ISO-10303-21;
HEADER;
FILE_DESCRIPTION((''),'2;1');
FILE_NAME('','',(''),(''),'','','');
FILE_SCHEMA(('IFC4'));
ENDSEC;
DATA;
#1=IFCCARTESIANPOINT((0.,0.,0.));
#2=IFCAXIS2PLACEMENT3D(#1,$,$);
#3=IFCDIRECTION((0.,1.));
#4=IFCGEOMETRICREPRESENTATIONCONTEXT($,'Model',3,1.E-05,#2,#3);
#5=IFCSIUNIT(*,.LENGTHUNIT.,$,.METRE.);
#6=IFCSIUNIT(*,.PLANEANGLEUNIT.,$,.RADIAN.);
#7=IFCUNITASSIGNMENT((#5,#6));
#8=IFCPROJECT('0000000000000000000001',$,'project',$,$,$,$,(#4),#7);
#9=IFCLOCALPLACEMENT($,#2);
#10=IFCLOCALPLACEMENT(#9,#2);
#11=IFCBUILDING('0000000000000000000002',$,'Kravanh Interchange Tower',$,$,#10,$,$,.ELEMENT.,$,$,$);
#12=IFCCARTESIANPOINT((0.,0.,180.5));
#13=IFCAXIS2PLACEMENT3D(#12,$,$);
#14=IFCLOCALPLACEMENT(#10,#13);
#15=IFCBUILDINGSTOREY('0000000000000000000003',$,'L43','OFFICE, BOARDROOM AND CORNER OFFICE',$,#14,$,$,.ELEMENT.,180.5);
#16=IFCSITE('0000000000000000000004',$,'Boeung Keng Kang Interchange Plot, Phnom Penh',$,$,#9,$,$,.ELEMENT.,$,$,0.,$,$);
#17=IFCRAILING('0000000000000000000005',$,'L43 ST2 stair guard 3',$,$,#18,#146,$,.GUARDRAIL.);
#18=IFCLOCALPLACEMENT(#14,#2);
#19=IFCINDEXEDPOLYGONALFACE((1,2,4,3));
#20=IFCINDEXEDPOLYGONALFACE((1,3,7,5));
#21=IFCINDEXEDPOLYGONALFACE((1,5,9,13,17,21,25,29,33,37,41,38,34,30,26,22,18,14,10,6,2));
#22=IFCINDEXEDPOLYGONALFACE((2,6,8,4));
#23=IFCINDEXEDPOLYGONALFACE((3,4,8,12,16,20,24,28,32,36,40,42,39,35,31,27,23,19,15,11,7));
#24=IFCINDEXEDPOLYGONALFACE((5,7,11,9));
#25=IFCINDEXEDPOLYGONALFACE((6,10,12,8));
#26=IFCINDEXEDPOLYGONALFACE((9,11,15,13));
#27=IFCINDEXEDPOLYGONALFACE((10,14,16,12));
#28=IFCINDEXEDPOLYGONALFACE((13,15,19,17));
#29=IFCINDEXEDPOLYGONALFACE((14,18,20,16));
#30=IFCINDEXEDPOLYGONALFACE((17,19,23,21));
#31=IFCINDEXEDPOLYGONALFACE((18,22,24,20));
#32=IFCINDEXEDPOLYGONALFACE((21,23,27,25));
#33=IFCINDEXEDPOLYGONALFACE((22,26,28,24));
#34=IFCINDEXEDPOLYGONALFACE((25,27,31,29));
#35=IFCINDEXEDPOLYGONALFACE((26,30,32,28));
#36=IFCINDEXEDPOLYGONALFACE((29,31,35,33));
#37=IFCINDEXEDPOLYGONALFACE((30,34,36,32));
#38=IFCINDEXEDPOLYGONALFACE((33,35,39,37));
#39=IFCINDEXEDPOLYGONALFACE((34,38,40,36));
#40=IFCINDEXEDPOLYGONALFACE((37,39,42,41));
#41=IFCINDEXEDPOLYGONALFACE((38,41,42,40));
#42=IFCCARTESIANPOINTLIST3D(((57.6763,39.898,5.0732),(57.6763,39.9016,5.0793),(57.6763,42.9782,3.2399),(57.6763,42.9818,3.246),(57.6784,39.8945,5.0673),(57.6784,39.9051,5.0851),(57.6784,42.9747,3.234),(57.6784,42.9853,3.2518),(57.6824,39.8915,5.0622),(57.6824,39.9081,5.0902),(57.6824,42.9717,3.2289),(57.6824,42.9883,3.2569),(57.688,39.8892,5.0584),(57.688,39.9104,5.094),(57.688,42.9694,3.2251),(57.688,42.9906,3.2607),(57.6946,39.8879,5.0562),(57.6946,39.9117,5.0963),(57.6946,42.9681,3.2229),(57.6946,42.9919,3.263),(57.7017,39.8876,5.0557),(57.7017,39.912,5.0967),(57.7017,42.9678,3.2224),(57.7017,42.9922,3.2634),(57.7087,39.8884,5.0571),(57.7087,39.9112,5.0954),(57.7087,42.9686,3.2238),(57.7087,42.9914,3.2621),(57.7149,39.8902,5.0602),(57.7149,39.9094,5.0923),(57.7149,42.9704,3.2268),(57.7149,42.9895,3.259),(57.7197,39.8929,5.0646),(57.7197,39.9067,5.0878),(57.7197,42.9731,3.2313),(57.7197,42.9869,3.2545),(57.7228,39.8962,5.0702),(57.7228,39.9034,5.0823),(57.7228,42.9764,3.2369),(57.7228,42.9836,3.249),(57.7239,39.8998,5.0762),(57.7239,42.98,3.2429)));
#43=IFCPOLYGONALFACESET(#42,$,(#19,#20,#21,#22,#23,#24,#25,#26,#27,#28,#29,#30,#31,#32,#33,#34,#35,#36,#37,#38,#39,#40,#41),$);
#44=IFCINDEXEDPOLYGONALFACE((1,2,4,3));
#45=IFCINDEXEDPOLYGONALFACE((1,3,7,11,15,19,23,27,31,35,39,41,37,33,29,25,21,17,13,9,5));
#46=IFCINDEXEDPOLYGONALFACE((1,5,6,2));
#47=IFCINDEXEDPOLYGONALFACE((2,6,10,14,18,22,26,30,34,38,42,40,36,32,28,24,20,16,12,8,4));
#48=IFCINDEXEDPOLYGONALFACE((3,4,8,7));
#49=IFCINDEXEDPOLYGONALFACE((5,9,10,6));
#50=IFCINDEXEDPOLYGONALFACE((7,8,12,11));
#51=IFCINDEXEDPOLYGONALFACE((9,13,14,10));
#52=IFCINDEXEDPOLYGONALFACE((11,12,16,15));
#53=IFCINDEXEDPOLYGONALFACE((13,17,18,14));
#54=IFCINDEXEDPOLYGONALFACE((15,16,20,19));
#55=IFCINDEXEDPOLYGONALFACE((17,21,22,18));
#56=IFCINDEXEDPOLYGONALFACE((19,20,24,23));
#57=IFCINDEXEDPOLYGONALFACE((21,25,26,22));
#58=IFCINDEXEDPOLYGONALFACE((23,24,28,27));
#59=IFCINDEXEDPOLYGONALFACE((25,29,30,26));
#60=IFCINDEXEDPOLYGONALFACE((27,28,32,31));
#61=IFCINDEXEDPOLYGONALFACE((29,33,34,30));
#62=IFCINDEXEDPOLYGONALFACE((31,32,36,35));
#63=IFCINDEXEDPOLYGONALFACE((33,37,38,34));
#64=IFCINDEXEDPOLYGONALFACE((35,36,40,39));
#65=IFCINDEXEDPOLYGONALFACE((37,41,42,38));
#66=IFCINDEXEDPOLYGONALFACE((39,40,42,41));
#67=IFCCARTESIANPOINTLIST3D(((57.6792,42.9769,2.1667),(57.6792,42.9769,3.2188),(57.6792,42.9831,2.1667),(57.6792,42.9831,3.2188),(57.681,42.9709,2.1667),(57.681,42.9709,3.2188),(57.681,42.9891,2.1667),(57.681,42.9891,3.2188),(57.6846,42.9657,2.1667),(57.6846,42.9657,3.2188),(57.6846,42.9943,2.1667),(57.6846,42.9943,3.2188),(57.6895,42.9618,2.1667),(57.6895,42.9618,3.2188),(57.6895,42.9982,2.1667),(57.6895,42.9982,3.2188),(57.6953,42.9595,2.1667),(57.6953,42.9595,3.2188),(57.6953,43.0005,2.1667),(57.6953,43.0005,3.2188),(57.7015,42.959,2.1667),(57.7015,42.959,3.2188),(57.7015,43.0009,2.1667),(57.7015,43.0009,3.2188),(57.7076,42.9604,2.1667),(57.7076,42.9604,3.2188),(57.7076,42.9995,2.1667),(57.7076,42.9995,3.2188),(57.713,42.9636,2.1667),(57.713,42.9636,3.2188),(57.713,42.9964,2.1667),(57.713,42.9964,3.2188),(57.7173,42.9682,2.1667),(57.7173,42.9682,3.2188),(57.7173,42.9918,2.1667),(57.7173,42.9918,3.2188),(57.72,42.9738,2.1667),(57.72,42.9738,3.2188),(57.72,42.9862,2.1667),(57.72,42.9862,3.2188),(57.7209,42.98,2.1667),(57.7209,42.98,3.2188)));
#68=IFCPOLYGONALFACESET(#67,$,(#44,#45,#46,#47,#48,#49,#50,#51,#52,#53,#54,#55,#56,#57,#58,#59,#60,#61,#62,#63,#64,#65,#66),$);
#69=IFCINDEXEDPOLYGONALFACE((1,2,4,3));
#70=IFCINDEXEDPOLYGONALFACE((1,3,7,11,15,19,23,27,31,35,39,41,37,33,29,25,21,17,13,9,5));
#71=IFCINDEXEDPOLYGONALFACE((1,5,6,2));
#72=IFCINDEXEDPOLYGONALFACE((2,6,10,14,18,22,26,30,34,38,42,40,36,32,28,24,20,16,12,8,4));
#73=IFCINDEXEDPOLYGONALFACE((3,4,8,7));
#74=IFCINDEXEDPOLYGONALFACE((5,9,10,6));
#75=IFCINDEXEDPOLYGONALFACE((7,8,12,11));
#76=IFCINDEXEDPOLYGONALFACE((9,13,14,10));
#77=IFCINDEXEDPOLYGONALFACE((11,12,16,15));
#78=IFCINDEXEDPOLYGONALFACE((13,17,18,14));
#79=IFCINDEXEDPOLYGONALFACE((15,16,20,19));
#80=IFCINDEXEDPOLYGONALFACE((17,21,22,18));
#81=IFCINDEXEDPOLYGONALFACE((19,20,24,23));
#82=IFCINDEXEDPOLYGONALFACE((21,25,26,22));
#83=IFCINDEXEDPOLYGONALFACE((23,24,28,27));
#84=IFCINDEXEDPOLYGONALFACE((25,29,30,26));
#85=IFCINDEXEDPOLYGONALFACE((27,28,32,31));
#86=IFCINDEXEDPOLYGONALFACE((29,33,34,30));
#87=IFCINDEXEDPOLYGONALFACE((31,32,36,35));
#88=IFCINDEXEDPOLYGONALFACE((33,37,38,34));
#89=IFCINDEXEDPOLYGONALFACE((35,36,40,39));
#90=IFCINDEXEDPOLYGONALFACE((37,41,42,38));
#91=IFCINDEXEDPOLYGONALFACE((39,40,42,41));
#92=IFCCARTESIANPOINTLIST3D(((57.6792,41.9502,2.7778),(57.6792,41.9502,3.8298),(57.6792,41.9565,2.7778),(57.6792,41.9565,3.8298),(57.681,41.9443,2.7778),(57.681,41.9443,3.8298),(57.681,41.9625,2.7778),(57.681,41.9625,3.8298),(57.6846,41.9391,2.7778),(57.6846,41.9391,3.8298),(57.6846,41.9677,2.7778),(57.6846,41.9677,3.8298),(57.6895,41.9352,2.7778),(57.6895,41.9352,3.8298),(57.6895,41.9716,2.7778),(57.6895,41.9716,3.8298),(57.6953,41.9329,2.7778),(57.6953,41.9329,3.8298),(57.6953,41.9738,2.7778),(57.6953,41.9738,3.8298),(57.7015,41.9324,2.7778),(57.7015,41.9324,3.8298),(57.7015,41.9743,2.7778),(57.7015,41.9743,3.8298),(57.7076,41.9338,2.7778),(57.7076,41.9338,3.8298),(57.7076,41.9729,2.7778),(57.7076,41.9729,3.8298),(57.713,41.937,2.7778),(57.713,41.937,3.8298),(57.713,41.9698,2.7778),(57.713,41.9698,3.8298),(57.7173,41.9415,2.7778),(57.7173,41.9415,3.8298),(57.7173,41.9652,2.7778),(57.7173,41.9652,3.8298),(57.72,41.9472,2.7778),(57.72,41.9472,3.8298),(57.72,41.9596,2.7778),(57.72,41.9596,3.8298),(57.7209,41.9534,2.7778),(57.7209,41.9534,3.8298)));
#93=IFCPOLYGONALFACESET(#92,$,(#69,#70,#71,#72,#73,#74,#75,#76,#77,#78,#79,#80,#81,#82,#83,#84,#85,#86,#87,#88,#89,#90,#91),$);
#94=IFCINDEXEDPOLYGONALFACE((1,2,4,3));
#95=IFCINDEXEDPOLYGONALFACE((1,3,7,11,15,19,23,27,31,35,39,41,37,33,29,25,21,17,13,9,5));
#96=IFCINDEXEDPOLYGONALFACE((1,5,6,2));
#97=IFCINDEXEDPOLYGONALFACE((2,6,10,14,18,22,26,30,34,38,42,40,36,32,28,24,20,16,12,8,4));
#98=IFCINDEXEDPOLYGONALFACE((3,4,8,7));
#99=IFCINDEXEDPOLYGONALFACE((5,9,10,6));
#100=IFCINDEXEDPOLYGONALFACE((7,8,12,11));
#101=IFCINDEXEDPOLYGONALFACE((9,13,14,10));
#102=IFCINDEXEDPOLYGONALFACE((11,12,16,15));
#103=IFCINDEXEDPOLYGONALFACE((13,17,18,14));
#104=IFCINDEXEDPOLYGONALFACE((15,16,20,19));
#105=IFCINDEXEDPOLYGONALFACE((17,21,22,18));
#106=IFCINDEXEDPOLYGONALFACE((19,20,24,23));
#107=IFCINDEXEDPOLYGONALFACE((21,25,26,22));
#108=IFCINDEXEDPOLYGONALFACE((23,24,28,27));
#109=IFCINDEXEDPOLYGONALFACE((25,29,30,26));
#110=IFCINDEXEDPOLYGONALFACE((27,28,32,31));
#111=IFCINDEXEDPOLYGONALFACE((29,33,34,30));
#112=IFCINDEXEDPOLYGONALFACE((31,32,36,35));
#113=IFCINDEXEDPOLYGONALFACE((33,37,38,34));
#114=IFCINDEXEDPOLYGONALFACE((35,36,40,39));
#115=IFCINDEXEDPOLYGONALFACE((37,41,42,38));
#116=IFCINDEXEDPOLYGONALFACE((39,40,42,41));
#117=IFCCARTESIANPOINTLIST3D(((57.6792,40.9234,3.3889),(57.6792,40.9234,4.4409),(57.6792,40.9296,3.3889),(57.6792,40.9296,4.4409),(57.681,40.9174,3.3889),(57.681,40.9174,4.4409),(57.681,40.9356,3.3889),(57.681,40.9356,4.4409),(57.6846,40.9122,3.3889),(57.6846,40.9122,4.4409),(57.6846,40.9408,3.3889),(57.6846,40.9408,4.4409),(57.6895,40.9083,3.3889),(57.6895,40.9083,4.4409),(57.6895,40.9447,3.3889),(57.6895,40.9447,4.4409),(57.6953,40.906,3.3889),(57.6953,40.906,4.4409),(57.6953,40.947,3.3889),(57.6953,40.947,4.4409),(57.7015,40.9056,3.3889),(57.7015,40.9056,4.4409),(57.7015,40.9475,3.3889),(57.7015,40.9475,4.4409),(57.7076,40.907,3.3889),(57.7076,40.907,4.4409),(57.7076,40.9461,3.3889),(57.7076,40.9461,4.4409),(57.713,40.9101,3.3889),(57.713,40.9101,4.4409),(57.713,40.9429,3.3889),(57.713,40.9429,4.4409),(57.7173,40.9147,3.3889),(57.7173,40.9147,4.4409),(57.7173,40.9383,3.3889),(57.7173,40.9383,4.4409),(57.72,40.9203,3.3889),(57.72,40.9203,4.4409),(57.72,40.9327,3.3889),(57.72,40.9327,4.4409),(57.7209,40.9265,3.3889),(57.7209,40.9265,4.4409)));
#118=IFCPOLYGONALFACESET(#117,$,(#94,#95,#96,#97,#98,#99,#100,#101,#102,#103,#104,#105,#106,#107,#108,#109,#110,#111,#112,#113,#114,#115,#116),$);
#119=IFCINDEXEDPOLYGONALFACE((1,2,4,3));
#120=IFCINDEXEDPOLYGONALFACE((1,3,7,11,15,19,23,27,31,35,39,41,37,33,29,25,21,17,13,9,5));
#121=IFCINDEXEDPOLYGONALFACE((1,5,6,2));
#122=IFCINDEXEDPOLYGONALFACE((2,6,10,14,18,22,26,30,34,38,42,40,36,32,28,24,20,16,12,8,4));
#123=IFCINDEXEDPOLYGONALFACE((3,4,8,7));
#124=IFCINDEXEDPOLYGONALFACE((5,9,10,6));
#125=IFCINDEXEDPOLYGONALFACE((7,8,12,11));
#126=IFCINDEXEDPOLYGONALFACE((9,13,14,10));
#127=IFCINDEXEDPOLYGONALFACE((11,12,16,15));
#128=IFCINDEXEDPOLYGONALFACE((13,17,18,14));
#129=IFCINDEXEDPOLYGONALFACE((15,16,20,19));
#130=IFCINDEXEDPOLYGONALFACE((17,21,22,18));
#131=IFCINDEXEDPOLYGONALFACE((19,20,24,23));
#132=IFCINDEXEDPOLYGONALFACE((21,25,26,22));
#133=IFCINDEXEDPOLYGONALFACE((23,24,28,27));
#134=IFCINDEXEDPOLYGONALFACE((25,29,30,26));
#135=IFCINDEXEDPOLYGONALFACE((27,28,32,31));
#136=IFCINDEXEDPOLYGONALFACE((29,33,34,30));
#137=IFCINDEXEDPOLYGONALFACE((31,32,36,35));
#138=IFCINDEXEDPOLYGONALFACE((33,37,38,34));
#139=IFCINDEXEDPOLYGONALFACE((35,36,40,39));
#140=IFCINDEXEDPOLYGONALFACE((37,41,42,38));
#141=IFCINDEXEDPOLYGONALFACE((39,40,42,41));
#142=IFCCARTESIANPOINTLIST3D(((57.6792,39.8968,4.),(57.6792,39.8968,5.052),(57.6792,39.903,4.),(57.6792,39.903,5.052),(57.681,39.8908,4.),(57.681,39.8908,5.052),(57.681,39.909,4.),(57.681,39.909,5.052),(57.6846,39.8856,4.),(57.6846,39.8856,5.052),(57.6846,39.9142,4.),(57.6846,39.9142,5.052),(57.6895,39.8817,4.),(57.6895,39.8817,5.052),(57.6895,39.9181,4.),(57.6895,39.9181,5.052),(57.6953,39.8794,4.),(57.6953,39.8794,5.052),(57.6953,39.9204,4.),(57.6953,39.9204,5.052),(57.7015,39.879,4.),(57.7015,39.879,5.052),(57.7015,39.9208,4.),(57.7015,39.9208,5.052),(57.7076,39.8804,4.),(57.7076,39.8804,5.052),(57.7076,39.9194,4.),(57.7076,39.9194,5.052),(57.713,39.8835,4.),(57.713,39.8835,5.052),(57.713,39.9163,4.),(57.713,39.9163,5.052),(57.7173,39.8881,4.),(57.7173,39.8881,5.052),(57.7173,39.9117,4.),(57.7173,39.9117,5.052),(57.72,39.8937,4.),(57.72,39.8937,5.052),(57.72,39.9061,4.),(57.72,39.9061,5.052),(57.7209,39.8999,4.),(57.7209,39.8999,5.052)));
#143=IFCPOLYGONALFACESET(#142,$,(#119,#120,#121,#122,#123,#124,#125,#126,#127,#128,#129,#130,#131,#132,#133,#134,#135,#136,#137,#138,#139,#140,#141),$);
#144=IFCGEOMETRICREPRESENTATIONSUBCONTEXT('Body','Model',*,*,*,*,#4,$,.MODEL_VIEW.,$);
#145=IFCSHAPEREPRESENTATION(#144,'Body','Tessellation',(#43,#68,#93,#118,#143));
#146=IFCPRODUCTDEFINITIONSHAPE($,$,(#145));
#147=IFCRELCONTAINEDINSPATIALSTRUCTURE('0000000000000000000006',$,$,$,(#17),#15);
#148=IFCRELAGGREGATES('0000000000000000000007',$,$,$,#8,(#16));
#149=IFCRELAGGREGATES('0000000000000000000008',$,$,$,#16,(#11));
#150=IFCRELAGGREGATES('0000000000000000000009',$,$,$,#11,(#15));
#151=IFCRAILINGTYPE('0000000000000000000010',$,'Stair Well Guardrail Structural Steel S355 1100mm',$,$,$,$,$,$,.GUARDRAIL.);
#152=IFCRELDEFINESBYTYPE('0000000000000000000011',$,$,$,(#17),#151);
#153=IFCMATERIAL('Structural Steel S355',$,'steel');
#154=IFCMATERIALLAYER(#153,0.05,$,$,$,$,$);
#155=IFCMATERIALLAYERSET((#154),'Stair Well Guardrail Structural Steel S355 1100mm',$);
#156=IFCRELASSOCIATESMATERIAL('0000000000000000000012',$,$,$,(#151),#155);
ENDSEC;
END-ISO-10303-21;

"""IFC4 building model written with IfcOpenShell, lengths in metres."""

from ifc_helpers import new_model, si_unit, direction, frame, origin, origin_2d, place, context, subcontext, project, spatial, circle, extrude, material, layer, layer_set, type_object, element, save


model = new_model("IFC4")

# Units and contexts
model_context = context("Model", 3, precision=1e-05, world=origin(), true_north=direction((0.0, 1.0)))
body_context = subcontext(model_context, "Body", "Model", "MODEL_VIEW")
ifc_project = project(units=[si_unit("LENGTHUNIT", "METRE"), si_unit("PLANEANGLEUNIT", "RADIAN")], contexts=[model_context])

# Site, building, storey
site_placement = place(None, origin())
site = spatial("IfcSite", under=ifc_project, at=site_placement, Name="Boeung Keng Kang Interchange Plot, Phnom Penh", CompositionType="ELEMENT", RefElevation=0.0)
building_placement = place(site_placement, origin())
building = spatial("IfcBuilding", under=site, at=building_placement, Name="Kravanh Interchange Tower", CompositionType="ELEMENT")
storey_placement = place(building_placement, frame((0.0, 0.0, 180.5)))
storey = spatial("IfcBuildingStorey", under=building, at=storey_placement, Name="L43", Description="OFFICE, BOARDROOM AND CORNER OFFICE", CompositionType="ELEMENT", Elevation=180.5)

# Railing
ifc_material_1 = material(Name="Structural Steel S355", Category="steel")
ifc_layer_1 = layer(ifc_material_1, 0.05)
ifc_layer_set_1 = layer_set([ifc_layer_1], Name="Stair Well Guardrail Structural Steel S355 1100mm")
railing_type_1 = type_object("IfcRailingType", Name="Stair Well Guardrail Structural Steel S355 1100mm", PredefinedType="GUARDRAIL", material=ifc_layer_set_1)
railing_1_placement = place(storey_placement, frame((57.7, 42.98, 2.1667)))
element("IfcRailing", 1, at=railing_1_placement, inside=storey, type_object=railing_type_1, Name="L43 ST2 stair guard 3", PredefinedType="GUARDRAIL", context=body_context, shape_type="SweptSolid", body=[
    extrude(circle(Radius=0.0239, at=origin_2d()), frame((0.0, 0.0, 1.0762), z_axis=(0.0, -0.859309, 0.511458), x_axis=(1.0, 0.0, 0.0)), (0.0, 0.0, 1.0), 3.5845),
    extrude(circle(Radius=0.021, at=origin_2d()), origin(), (0.0, 0.0, 1.0), 1.052),
    extrude(circle(Radius=0.021, at=origin_2d()), frame((0.0, -1.0266, 0.6111)), (0.0, 0.0, 1.0), 1.052),
    extrude(circle(Radius=0.021, at=origin_2d()), frame((0.0, -2.0535, 1.2222)), (0.0, 0.0, 1.0), 1.052),
    extrude(circle(Radius=0.021, at=origin_2d()), frame((0.0, -3.0801, 1.8333)), (0.0, 0.0, 1.0), 1.052),
])

save(model, "model.ifc")
